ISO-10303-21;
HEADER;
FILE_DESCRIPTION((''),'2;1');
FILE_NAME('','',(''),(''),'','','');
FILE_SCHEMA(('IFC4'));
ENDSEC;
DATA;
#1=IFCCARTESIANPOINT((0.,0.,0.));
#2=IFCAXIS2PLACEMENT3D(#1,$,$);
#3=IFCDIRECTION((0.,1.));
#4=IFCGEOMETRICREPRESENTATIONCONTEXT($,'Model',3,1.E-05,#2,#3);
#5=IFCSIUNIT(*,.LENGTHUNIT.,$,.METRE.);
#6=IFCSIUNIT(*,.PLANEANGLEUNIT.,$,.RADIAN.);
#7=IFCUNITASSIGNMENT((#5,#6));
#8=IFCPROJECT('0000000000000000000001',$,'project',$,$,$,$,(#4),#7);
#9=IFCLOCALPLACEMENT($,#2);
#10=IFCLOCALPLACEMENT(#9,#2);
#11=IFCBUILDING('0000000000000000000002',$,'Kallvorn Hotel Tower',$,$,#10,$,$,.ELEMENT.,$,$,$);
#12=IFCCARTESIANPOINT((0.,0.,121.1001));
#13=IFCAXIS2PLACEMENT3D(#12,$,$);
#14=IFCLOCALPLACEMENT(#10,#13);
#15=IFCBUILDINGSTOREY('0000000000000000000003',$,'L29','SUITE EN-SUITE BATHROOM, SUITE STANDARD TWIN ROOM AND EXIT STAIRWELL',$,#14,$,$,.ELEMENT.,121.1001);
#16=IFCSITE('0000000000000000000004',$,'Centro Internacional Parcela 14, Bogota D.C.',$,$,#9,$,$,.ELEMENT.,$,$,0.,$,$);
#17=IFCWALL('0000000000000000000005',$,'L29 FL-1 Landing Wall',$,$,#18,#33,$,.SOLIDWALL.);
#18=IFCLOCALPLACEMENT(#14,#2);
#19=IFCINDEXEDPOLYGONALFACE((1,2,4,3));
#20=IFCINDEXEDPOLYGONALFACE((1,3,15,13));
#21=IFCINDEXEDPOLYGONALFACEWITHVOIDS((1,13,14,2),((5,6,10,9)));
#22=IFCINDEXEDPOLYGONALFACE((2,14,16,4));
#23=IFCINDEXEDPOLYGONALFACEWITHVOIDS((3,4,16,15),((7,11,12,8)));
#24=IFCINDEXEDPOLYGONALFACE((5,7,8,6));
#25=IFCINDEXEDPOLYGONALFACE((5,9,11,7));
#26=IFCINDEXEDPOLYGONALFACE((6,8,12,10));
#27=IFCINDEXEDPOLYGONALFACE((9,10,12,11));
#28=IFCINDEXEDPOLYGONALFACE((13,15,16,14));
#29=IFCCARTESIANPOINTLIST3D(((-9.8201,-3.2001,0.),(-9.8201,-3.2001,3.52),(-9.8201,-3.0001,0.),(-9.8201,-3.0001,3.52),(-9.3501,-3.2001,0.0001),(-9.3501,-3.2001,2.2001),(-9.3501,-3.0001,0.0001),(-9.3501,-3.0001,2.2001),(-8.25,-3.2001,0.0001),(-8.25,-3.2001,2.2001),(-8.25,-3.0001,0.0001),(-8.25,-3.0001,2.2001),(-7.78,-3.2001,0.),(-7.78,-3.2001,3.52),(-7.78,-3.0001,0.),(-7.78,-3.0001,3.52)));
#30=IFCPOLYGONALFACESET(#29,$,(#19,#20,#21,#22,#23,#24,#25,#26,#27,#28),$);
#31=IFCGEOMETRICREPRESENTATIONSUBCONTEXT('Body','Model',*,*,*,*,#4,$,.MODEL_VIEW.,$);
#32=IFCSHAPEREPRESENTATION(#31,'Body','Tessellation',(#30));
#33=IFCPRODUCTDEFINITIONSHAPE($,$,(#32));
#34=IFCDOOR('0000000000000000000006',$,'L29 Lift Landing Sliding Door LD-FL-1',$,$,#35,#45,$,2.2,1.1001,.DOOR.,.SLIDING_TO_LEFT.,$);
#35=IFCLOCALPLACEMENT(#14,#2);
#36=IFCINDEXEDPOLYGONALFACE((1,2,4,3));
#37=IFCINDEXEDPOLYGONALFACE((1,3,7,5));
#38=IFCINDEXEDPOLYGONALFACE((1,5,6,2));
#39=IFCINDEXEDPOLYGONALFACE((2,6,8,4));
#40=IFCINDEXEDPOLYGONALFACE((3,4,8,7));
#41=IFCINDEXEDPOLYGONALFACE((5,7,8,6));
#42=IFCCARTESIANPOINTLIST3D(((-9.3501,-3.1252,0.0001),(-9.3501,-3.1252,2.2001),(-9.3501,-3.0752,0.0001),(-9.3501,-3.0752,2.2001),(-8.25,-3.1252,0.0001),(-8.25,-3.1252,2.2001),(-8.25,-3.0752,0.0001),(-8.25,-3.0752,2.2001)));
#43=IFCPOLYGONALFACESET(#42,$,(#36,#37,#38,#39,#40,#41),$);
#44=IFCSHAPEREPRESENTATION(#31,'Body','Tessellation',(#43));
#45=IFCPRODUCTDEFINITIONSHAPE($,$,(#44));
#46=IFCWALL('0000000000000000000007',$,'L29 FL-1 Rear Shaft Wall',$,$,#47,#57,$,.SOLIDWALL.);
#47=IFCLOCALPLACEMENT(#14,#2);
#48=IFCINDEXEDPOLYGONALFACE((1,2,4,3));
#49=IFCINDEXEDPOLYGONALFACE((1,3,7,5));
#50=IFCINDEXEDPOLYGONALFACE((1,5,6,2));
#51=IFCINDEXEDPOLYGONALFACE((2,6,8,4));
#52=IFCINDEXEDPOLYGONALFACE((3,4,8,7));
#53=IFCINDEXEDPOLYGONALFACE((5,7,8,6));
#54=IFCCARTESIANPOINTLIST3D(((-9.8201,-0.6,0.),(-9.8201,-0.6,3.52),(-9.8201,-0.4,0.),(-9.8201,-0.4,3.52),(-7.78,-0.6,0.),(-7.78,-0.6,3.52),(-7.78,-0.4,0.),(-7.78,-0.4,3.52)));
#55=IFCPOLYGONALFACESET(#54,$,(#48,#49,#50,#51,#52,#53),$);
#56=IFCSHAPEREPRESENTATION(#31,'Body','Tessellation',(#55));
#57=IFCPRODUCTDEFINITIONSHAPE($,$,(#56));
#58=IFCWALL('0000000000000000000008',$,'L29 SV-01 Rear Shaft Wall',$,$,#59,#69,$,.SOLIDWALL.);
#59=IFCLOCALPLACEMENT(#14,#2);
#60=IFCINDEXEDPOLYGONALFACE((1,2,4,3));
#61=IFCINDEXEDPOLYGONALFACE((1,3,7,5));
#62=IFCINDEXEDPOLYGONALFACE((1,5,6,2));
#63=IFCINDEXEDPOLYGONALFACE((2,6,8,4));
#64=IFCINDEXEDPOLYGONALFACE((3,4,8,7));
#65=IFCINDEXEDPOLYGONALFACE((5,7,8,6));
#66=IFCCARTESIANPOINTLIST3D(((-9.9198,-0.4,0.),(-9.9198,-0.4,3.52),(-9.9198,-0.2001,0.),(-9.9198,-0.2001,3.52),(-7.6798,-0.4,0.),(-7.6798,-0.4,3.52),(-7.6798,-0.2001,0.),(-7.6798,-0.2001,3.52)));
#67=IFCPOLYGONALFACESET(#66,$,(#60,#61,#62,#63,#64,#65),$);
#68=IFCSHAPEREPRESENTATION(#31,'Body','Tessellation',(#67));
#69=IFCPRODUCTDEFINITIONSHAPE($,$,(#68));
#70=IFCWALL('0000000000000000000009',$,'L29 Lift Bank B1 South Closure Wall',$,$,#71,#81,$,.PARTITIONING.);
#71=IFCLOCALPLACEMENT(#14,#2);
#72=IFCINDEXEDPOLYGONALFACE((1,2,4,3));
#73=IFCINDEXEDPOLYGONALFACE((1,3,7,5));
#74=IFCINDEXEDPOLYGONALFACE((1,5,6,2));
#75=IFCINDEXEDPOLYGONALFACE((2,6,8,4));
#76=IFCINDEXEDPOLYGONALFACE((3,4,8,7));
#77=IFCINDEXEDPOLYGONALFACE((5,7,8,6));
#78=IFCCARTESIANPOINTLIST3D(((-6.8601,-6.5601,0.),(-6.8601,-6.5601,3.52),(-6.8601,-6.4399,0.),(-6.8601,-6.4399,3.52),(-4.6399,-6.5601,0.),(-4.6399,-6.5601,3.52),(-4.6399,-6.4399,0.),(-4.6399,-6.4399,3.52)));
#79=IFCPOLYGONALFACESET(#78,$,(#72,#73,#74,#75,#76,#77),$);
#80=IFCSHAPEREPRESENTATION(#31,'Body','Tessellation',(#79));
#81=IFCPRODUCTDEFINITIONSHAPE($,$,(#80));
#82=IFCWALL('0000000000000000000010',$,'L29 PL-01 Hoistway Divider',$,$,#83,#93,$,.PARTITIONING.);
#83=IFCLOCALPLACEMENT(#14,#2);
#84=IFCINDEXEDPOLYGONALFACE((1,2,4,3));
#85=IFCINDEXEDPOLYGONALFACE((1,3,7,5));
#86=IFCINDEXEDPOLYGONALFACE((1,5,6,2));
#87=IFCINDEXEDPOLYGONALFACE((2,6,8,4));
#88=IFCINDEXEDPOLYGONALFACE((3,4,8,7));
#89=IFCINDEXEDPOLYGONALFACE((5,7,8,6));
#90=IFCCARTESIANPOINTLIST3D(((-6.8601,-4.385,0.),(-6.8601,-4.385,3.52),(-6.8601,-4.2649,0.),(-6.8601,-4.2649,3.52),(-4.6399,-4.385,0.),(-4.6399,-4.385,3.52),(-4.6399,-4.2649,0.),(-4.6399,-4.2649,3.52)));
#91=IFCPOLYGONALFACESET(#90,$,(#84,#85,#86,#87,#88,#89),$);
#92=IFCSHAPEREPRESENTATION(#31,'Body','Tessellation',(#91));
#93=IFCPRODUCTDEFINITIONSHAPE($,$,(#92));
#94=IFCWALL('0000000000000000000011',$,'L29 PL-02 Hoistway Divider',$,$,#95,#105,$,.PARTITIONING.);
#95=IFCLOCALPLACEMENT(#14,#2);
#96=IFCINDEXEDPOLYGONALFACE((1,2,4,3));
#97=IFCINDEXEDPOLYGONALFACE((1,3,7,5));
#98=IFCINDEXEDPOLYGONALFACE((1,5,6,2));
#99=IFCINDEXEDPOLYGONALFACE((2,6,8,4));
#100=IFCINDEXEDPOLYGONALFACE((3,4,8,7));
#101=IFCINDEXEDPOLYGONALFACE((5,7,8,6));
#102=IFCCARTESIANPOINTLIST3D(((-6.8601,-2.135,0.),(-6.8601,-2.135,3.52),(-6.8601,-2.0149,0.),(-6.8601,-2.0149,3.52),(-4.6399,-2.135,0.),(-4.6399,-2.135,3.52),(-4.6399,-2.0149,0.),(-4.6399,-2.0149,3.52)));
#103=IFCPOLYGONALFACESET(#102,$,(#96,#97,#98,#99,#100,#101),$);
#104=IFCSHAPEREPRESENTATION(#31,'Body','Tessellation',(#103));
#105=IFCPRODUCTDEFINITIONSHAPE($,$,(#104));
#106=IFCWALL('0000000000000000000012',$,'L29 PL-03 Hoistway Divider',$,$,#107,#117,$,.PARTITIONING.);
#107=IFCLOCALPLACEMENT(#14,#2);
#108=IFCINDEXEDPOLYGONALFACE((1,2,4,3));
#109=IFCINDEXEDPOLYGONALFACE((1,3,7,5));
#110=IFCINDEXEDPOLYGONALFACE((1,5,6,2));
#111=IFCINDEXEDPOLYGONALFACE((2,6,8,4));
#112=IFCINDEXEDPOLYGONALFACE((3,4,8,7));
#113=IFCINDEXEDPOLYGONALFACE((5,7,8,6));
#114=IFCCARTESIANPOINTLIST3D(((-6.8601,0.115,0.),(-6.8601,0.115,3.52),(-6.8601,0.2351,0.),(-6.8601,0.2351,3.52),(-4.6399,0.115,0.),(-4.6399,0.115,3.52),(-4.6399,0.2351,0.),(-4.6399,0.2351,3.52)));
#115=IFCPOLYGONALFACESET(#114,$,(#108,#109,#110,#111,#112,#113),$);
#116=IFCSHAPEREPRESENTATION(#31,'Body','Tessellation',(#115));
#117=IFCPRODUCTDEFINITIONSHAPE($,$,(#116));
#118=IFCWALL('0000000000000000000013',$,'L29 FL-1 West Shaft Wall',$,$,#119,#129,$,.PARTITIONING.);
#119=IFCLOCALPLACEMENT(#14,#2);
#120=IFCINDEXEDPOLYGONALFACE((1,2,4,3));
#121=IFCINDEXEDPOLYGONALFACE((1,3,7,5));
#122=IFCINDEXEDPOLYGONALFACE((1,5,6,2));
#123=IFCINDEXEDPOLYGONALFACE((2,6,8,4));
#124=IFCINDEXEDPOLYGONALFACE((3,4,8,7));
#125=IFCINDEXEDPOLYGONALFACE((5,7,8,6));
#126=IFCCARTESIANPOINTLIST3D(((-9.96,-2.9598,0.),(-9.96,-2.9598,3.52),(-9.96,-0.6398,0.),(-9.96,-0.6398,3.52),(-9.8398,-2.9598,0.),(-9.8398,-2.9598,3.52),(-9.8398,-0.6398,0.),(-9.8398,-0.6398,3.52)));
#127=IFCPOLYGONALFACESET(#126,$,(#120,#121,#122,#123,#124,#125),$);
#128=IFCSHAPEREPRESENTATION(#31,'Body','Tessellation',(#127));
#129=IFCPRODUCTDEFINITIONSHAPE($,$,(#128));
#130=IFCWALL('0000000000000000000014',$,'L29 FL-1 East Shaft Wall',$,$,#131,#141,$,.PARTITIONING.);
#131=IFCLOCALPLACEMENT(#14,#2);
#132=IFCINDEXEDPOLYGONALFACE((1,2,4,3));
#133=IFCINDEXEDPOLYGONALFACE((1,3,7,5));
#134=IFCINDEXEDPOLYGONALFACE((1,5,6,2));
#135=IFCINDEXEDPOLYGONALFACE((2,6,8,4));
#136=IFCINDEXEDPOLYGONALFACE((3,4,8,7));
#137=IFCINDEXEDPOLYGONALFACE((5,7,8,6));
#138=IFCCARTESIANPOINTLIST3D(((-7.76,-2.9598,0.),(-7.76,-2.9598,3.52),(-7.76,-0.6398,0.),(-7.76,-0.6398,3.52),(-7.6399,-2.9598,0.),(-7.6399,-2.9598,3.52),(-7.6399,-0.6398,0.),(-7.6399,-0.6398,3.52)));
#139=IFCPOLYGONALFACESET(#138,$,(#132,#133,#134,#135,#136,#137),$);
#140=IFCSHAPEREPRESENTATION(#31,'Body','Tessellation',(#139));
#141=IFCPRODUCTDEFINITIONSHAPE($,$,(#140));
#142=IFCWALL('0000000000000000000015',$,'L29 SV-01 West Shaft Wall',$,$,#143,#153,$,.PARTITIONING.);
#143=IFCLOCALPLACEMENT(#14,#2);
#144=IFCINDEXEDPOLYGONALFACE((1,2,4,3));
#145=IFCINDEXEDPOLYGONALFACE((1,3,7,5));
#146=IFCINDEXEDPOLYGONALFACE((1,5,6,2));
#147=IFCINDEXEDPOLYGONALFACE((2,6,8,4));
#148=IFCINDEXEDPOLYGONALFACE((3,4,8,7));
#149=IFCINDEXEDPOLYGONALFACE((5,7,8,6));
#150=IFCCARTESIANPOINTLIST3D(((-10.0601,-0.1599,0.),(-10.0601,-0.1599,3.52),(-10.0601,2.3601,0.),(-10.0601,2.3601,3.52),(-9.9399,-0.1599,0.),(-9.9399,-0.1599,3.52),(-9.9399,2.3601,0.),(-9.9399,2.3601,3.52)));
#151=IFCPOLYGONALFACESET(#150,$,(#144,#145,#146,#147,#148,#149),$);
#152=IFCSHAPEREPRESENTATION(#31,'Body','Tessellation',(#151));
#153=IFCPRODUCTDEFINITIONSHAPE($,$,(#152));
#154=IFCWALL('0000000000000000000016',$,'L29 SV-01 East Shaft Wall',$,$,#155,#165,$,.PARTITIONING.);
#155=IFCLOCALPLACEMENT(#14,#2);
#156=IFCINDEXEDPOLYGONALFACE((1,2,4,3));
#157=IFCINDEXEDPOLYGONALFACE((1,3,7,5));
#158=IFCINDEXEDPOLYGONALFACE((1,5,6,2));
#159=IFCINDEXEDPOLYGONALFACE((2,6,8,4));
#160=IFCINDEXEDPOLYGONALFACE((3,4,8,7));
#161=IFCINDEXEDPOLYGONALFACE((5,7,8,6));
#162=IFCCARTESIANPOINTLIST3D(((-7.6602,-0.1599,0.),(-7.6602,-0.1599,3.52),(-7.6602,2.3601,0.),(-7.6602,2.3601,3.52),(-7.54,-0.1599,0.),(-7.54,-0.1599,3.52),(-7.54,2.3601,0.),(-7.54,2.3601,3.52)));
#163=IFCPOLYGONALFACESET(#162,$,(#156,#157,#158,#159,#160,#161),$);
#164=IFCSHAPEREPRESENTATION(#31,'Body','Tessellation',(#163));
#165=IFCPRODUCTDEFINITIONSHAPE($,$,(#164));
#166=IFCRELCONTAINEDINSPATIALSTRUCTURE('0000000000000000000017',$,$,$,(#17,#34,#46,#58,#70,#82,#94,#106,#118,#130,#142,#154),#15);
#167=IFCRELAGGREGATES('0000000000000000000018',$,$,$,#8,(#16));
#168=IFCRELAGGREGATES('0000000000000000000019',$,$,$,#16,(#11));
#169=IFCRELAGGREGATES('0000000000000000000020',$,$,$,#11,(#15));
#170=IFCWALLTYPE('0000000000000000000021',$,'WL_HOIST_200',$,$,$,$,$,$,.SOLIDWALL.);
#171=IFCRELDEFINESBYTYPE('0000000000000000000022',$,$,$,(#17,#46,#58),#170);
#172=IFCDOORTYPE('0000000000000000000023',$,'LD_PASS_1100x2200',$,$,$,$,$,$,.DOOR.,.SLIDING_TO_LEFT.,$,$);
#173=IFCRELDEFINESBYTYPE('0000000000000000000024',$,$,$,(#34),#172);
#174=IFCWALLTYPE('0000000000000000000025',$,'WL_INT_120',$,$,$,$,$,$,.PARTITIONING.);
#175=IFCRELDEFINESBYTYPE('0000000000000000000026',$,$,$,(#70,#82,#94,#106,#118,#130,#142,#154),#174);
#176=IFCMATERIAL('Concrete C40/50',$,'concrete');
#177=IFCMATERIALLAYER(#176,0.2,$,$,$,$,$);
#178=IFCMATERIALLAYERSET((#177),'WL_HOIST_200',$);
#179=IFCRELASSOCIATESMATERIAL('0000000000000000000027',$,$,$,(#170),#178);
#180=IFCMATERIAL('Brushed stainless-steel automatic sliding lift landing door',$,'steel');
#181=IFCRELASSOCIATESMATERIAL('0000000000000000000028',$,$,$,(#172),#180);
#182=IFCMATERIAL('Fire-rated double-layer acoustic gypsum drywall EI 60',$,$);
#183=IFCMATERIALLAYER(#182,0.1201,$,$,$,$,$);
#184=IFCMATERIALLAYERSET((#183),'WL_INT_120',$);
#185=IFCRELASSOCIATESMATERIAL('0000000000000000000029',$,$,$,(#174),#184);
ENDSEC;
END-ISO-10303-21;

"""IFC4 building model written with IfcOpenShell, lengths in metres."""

from ifc_helpers import new_model, si_unit, direction, frame, frame_2d, origin, place, context, subcontext, project, spatial, rectangle, extrude, material, layer, layer_set, type_object, element, fill, save


model = new_model("IFC4")

# Units and contexts
model_context = context("Model", 3, precision=1e-05, world=origin(), true_north=direction((0.0, 1.0)))
body_context = subcontext(model_context, "Body", "Model", "MODEL_VIEW")
ifc_project = project(units=[si_unit("LENGTHUNIT", "METRE"), si_unit("PLANEANGLEUNIT", "RADIAN")], contexts=[model_context])

# Site, building, storey
site_placement = place(None, origin())
site = spatial("IfcSite", under=ifc_project, at=site_placement, Name="Centro Internacional Parcela 14, Bogota D.C.", CompositionType="ELEMENT", RefElevation=0.0)
building_placement = place(site_placement, origin())
building = spatial("IfcBuilding", under=site, at=building_placement, Name="Kallvorn Hotel Tower", CompositionType="ELEMENT")
storey_placement = place(building_placement, frame((0.0, 0.0, 121.1001)))
storey = spatial("IfcBuildingStorey", under=building, at=storey_placement, Name="L29", Description="SUITE EN-SUITE BATHROOM, SUITE STANDARD TWIN ROOM AND EXIT STAIRWELL", CompositionType="ELEMENT", Elevation=121.1001)

# Shared definitions
ifc_material_1 = material(Name="Concrete C40/50", Category="concrete")
ifc_layer_1 = layer(ifc_material_1, 0.2)
ifc_layer_set_1 = layer_set([ifc_layer_1], Name="WL_HOIST_200")
wall_type_1 = type_object("IfcWallType", Name="WL_HOIST_200", PredefinedType="SOLIDWALL", material=ifc_layer_set_1)
ifc_material_2 = material(Name="Brushed stainless-steel automatic sliding lift landing door", Category="steel")
door_type_1 = type_object("IfcDoorType", Name="LD_PASS_1100x2200", OperationType="SLIDING_TO_LEFT", PredefinedType="DOOR", material=ifc_material_2)

# Wall, opening, door
wall_1_placement = place(storey_placement, frame((-9.8201, -3.1001, 0.0), z_axis=(0.0, 0.0, 1.0), x_axis=(1.0, 0.0, 0.0)))
wall_1 = element("IfcWall", 1, at=wall_1_placement, inside=storey, type_object=wall_type_1, Name="L29 FL-1 Landing Wall", PredefinedType="SOLIDWALL", context=body_context, shape_type="SweptSolid", body=[
    extrude(rectangle(XDim=2.04, YDim=0.2, at=frame_2d((1.02, 0.0))), origin(), (0.0, 0.0, 1.0), 3.52),
])
opening_1_placement = place(wall_1_placement, frame((0.47, 0.0, 0.0)))
opening_1 = element("IfcOpeningElement", 2, at=opening_1_placement, cuts=wall_1, PredefinedType="OPENING", context=body_context, shape_type="SweptSolid", body=[
    extrude(rectangle(XDim=1.1001, YDim=2.2, at=frame_2d((0.55, 1.1001))), frame((0.0, 0.115, 0.0), z_axis=(0.0, -1.0, 0.0), x_axis=(1.0, 0.0, 0.0)), (0.0, 0.0, 1.0), 0.23),
])
door_1_placement = place(opening_1_placement, origin())
door_1 = element("IfcDoor", 3, at=door_1_placement, inside=storey, type_object=door_type_1, Name="L29 Lift Landing Sliding Door LD-FL-1", OperationType="SLIDING_TO_LEFT", OverallHeight=2.2, OverallWidth=1.1001, PredefinedType="DOOR", context=body_context, shape_type="SweptSolid", body=[
    extrude(rectangle(XDim=1.1001, YDim=2.2, at=frame_2d((0.55, 1.1001))), frame((0.0, 0.0249, 0.0), z_axis=(0.0, -1.0, 0.0), x_axis=(1.0, 0.0, 0.0)), (0.0, 0.0, 1.0), 0.05),
])
fill(opening_1, door_1)

# Walls
wall_2_placement = place(storey_placement, frame((-9.8201, -0.5, 0.0), z_axis=(0.0, 0.0, 1.0), x_axis=(1.0, 0.0, 0.0)))
element("IfcWall", 4, at=wall_2_placement, inside=storey, type_object=wall_type_1, Name="L29 FL-1 Rear Shaft Wall", PredefinedType="SOLIDWALL", context=body_context, shape_type="SweptSolid", body=[
    extrude(rectangle(XDim=2.04, YDim=0.2, at=frame_2d((1.02, 0.0))), origin(), (0.0, 0.0, 1.0), 3.52),
])
wall_3_placement = place(storey_placement, frame((-9.9199, -0.3, 0.0), z_axis=(0.0, 0.0, 1.0), x_axis=(1.0, 0.0, 0.0)))
element("IfcWall", 5, at=wall_3_placement, inside=storey, type_object=wall_type_1, Name="L29 SV-01 Rear Shaft Wall", PredefinedType="SOLIDWALL", context=body_context, shape_type="SweptSolid", body=[
    extrude(rectangle(XDim=2.24, YDim=0.2, at=frame_2d((1.1201, 0.0))), origin(), (0.0, 0.0, 1.0), 3.52),
])
ifc_material_3 = material(Name="Fire-rated double-layer acoustic gypsum drywall EI 60")
ifc_layer_2 = layer(ifc_material_3, 0.1201)
ifc_layer_set_2 = layer_set([ifc_layer_2], Name="WL_INT_120")
wall_type_2 = type_object("IfcWallType", Name="WL_INT_120", PredefinedType="PARTITIONING", material=ifc_layer_set_2)
for number, where, z_axis, x_axis, name in (
    (6, (-6.8601, -6.5, 0.0), (0.0, 0.0, 1.0), (1.0, 0.0, 0.0), "L29 Lift Bank B1 South Closure Wall"),
    (7, (-6.8601, -4.325, 0.0), (0.0, 0.0, 1.0), (1.0, 0.0, 0.0), "L29 PL-01 Hoistway Divider"),
    (8, (-6.8601, -2.075, 0.0), (0.0, 0.0, 1.0), (1.0, 0.0, 0.0), "L29 PL-02 Hoistway Divider"),
    (9, (-6.8601, 0.175, 0.0), (0.0, 0.0, 1.0), (1.0, 0.0, 0.0), "L29 PL-03 Hoistway Divider"),
):
    element("IfcWall", number, at=place(storey_placement, frame(where, z_axis=z_axis, x_axis=x_axis)), inside=storey, type_object=wall_type_2, Name=name, PredefinedType="PARTITIONING", context=body_context, shape_type="SweptSolid", body=[
        extrude(rectangle(XDim=2.2202, YDim=0.1201, at=frame_2d((1.1101, 0.0))), origin(), (0.0, 0.0, 1.0), 3.52),
    ])
for number, where, z_axis, x_axis, name in (
    (10, (-9.8999, -2.96, 0.0), (0.0, 0.0, 1.0), (0.0, 1.0, 0.0), "L29 FL-1 West Shaft Wall"),
    (11, (-7.7, -2.96, 0.0), (0.0, 0.0, 1.0), (0.0, 1.0, 0.0), "L29 FL-1 East Shaft Wall"),
):
    element("IfcWall", number, at=place(storey_placement, frame(where, z_axis=z_axis, x_axis=x_axis)), inside=storey, type_object=wall_type_2, Name=name, PredefinedType="PARTITIONING", context=body_context, shape_type="SweptSolid", body=[
        extrude(rectangle(XDim=2.3201, YDim=0.1201, at=frame_2d((1.1602, 0.0))), origin(), (0.0, 0.0, 1.0), 3.52),
    ])
for number, where, z_axis, x_axis, name in (
    (12, (-10.0, -0.1599, 0.0), (0.0, 0.0, 1.0), (0.0, 1.0, 0.0), "L29 SV-01 West Shaft Wall"),
    (13, (-7.6001, -0.1599, 0.0), (0.0, 0.0, 1.0), (0.0, 1.0, 0.0), "L29 SV-01 East Shaft Wall"),
):
    element("IfcWall", number, at=place(storey_placement, frame(where, z_axis=z_axis, x_axis=x_axis)), inside=storey, type_object=wall_type_2, Name=name, PredefinedType="PARTITIONING", context=body_context, shape_type="SweptSolid", body=[
        extrude(rectangle(XDim=2.52, YDim=0.1201, at=frame_2d((1.26, 0.0))), origin(), (0.0, 0.0, 1.0), 3.52),
    ])

save(model, "model.ifc")
